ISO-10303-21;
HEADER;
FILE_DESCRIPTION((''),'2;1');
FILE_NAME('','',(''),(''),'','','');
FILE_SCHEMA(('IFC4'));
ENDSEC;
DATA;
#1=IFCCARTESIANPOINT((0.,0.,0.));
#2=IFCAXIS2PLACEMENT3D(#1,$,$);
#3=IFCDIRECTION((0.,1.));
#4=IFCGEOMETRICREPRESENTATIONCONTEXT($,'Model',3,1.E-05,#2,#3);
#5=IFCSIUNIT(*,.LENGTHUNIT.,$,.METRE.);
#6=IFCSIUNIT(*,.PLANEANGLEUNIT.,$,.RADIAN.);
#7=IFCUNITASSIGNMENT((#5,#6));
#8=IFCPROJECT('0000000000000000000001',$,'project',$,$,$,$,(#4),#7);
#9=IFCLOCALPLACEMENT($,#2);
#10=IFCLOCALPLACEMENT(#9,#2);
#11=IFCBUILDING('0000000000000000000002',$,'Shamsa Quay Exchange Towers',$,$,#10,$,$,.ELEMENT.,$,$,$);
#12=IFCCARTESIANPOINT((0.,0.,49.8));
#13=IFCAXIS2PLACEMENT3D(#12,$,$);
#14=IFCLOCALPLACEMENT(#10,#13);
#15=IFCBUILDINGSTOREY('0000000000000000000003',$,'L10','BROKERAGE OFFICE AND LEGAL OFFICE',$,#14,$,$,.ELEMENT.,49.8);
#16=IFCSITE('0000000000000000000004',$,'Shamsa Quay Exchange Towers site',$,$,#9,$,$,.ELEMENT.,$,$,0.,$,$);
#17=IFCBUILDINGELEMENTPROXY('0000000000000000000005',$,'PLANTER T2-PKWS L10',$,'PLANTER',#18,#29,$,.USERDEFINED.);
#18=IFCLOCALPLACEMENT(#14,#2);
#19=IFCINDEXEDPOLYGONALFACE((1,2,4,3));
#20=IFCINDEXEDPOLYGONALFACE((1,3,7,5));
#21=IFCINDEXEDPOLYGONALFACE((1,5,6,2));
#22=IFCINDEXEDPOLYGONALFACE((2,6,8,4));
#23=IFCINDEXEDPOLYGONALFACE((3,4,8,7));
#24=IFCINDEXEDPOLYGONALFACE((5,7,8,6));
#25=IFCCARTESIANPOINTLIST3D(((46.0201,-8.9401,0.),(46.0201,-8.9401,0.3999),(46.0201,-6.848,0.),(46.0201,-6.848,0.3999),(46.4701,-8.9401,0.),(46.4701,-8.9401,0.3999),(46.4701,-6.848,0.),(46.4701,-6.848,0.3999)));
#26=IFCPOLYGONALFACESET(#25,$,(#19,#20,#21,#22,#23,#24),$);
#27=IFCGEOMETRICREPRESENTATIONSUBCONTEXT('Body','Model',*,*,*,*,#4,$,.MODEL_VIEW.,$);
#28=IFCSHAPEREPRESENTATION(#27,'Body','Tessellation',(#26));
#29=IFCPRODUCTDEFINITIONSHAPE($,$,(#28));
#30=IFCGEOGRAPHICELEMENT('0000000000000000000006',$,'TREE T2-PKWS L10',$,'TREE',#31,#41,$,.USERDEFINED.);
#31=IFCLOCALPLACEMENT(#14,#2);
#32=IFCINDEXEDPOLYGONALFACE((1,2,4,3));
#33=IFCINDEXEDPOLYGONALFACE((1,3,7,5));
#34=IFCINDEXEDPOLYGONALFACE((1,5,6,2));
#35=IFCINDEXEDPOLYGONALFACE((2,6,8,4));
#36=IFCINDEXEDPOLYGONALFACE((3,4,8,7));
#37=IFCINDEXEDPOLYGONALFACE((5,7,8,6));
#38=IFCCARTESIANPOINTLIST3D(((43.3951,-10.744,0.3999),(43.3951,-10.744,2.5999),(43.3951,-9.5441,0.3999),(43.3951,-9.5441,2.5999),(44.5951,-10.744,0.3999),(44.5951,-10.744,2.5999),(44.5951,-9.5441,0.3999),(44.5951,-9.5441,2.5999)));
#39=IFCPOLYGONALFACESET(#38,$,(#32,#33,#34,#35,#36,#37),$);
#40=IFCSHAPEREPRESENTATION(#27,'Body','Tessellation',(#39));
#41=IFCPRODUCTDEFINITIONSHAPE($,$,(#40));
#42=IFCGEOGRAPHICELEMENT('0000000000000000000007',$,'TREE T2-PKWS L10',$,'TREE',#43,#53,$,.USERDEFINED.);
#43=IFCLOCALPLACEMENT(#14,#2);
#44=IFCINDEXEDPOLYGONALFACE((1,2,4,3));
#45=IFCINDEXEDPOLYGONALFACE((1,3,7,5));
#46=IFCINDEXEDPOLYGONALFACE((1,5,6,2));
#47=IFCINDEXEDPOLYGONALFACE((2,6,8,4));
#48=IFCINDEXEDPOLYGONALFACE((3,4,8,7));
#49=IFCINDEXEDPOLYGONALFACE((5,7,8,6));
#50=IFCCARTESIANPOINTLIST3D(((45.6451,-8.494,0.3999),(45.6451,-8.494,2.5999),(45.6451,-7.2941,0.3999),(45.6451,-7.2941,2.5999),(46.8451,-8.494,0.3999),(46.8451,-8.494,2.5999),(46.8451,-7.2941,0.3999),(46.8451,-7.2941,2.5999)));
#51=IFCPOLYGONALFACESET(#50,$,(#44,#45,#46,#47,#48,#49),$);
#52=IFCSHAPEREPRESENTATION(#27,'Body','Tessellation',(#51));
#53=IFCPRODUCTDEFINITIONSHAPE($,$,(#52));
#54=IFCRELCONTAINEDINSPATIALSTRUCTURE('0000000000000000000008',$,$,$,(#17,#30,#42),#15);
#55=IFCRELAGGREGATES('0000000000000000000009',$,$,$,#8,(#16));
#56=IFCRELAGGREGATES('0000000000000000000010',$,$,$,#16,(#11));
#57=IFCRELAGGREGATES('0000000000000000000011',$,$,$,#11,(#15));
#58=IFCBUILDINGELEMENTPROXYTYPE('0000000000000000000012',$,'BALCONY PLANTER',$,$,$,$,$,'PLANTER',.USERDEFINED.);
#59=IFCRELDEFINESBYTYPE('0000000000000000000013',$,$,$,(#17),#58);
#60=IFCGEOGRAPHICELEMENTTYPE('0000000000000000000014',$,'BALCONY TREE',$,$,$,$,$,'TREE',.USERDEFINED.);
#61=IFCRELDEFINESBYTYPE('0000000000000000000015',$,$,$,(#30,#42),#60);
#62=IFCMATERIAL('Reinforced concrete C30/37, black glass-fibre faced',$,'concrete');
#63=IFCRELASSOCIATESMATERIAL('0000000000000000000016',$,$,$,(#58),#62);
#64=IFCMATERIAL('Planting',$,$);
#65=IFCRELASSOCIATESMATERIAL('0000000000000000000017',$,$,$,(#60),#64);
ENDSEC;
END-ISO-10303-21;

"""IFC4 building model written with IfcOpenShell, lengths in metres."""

from ifc_helpers import new_model, si_unit, direction, frame, origin, origin_2d, place, context, subcontext, project, spatial, rectangle, extrude, material, type_object, element, save


model = new_model("IFC4")

# Units and contexts
model_context = context("Model", 3, precision=1e-05, world=origin(), true_north=direction((0.0, 1.0)))
body_context = subcontext(model_context, "Body", "Model", "MODEL_VIEW")
ifc_project = project(units=[si_unit("LENGTHUNIT", "METRE"), si_unit("PLANEANGLEUNIT", "RADIAN")], contexts=[model_context])

# Site, building, storey
site_placement = place(None, origin())
site = spatial("IfcSite", under=ifc_project, at=site_placement, Name="Shamsa Quay Exchange Towers site", CompositionType="ELEMENT", RefElevation=0.0)
building_placement = place(site_placement, origin())
building = spatial("IfcBuilding", under=site, at=building_placement, Name="Shamsa Quay Exchange Towers", CompositionType="ELEMENT")
storey_placement = place(building_placement, frame((0.0, 0.0, 49.8)))
storey = spatial("IfcBuildingStorey", under=building, at=storey_placement, Name="L10", Description="BROKERAGE OFFICE AND LEGAL OFFICE", CompositionType="ELEMENT", Elevation=49.8)

# Building element proxy
ifc_material_1 = material(Name="Reinforced concrete C30/37, black glass-fibre faced", Category="concrete")
building_element_proxy_type = type_object("IfcBuildingElementProxyType", Name="BALCONY PLANTER", ElementType="PLANTER", PredefinedType="USERDEFINED", material=ifc_material_1)
for number, where, z_axis, x_axis, name in (
    (1, (46.2451, -7.894, 0.0), (0.0, 0.0, 1.0), (0.0, 1.0, 0.0), "PLANTER T2-PKWS L10"),
):
    element("IfcBuildingElementProxy", number, at=place(storey_placement, frame(where, z_axis=z_axis, x_axis=x_axis)), inside=storey, type_object=building_element_proxy_type, Name=name, ObjectType="PLANTER", PredefinedType="USERDEFINED", context=body_context, shape_type="SweptSolid", body=[
        extrude(rectangle(XDim=2.092, YDim=0.45, at=origin_2d()), origin(), (0.0, 0.0, 1.0), 0.3999),
    ])

# Geographic elements
ifc_material_2 = material(Name="Planting")
geographic_element_type = type_object("IfcGeographicElementType", Name="BALCONY TREE", ElementType="TREE", PredefinedType="USERDEFINED", material=ifc_material_2)
for number, where, z_axis, x_axis, name in (
    (2, (43.9951, -10.144, 0.3999), (0.0, 0.0, 1.0), (0.0, 1.0, 0.0), "TREE T2-PKWS L10"),
    (3, (46.2451, -7.894, 0.3999), (0.0, 0.0, 1.0), (0.0, 1.0, 0.0), "TREE T2-PKWS L10"),
):
    element("IfcGeographicElement", number, at=place(storey_placement, frame(where, z_axis=z_axis, x_axis=x_axis)), inside=storey, type_object=geographic_element_type, Name=name, ObjectType="TREE", PredefinedType="USERDEFINED", context=body_context, shape_type="SweptSolid", body=[
        extrude(rectangle(XDim=1.2, YDim=1.2, at=origin_2d()), origin(), (0.0, 0.0, 1.0), 2.2),
    ])

save(model, "model.ifc")
